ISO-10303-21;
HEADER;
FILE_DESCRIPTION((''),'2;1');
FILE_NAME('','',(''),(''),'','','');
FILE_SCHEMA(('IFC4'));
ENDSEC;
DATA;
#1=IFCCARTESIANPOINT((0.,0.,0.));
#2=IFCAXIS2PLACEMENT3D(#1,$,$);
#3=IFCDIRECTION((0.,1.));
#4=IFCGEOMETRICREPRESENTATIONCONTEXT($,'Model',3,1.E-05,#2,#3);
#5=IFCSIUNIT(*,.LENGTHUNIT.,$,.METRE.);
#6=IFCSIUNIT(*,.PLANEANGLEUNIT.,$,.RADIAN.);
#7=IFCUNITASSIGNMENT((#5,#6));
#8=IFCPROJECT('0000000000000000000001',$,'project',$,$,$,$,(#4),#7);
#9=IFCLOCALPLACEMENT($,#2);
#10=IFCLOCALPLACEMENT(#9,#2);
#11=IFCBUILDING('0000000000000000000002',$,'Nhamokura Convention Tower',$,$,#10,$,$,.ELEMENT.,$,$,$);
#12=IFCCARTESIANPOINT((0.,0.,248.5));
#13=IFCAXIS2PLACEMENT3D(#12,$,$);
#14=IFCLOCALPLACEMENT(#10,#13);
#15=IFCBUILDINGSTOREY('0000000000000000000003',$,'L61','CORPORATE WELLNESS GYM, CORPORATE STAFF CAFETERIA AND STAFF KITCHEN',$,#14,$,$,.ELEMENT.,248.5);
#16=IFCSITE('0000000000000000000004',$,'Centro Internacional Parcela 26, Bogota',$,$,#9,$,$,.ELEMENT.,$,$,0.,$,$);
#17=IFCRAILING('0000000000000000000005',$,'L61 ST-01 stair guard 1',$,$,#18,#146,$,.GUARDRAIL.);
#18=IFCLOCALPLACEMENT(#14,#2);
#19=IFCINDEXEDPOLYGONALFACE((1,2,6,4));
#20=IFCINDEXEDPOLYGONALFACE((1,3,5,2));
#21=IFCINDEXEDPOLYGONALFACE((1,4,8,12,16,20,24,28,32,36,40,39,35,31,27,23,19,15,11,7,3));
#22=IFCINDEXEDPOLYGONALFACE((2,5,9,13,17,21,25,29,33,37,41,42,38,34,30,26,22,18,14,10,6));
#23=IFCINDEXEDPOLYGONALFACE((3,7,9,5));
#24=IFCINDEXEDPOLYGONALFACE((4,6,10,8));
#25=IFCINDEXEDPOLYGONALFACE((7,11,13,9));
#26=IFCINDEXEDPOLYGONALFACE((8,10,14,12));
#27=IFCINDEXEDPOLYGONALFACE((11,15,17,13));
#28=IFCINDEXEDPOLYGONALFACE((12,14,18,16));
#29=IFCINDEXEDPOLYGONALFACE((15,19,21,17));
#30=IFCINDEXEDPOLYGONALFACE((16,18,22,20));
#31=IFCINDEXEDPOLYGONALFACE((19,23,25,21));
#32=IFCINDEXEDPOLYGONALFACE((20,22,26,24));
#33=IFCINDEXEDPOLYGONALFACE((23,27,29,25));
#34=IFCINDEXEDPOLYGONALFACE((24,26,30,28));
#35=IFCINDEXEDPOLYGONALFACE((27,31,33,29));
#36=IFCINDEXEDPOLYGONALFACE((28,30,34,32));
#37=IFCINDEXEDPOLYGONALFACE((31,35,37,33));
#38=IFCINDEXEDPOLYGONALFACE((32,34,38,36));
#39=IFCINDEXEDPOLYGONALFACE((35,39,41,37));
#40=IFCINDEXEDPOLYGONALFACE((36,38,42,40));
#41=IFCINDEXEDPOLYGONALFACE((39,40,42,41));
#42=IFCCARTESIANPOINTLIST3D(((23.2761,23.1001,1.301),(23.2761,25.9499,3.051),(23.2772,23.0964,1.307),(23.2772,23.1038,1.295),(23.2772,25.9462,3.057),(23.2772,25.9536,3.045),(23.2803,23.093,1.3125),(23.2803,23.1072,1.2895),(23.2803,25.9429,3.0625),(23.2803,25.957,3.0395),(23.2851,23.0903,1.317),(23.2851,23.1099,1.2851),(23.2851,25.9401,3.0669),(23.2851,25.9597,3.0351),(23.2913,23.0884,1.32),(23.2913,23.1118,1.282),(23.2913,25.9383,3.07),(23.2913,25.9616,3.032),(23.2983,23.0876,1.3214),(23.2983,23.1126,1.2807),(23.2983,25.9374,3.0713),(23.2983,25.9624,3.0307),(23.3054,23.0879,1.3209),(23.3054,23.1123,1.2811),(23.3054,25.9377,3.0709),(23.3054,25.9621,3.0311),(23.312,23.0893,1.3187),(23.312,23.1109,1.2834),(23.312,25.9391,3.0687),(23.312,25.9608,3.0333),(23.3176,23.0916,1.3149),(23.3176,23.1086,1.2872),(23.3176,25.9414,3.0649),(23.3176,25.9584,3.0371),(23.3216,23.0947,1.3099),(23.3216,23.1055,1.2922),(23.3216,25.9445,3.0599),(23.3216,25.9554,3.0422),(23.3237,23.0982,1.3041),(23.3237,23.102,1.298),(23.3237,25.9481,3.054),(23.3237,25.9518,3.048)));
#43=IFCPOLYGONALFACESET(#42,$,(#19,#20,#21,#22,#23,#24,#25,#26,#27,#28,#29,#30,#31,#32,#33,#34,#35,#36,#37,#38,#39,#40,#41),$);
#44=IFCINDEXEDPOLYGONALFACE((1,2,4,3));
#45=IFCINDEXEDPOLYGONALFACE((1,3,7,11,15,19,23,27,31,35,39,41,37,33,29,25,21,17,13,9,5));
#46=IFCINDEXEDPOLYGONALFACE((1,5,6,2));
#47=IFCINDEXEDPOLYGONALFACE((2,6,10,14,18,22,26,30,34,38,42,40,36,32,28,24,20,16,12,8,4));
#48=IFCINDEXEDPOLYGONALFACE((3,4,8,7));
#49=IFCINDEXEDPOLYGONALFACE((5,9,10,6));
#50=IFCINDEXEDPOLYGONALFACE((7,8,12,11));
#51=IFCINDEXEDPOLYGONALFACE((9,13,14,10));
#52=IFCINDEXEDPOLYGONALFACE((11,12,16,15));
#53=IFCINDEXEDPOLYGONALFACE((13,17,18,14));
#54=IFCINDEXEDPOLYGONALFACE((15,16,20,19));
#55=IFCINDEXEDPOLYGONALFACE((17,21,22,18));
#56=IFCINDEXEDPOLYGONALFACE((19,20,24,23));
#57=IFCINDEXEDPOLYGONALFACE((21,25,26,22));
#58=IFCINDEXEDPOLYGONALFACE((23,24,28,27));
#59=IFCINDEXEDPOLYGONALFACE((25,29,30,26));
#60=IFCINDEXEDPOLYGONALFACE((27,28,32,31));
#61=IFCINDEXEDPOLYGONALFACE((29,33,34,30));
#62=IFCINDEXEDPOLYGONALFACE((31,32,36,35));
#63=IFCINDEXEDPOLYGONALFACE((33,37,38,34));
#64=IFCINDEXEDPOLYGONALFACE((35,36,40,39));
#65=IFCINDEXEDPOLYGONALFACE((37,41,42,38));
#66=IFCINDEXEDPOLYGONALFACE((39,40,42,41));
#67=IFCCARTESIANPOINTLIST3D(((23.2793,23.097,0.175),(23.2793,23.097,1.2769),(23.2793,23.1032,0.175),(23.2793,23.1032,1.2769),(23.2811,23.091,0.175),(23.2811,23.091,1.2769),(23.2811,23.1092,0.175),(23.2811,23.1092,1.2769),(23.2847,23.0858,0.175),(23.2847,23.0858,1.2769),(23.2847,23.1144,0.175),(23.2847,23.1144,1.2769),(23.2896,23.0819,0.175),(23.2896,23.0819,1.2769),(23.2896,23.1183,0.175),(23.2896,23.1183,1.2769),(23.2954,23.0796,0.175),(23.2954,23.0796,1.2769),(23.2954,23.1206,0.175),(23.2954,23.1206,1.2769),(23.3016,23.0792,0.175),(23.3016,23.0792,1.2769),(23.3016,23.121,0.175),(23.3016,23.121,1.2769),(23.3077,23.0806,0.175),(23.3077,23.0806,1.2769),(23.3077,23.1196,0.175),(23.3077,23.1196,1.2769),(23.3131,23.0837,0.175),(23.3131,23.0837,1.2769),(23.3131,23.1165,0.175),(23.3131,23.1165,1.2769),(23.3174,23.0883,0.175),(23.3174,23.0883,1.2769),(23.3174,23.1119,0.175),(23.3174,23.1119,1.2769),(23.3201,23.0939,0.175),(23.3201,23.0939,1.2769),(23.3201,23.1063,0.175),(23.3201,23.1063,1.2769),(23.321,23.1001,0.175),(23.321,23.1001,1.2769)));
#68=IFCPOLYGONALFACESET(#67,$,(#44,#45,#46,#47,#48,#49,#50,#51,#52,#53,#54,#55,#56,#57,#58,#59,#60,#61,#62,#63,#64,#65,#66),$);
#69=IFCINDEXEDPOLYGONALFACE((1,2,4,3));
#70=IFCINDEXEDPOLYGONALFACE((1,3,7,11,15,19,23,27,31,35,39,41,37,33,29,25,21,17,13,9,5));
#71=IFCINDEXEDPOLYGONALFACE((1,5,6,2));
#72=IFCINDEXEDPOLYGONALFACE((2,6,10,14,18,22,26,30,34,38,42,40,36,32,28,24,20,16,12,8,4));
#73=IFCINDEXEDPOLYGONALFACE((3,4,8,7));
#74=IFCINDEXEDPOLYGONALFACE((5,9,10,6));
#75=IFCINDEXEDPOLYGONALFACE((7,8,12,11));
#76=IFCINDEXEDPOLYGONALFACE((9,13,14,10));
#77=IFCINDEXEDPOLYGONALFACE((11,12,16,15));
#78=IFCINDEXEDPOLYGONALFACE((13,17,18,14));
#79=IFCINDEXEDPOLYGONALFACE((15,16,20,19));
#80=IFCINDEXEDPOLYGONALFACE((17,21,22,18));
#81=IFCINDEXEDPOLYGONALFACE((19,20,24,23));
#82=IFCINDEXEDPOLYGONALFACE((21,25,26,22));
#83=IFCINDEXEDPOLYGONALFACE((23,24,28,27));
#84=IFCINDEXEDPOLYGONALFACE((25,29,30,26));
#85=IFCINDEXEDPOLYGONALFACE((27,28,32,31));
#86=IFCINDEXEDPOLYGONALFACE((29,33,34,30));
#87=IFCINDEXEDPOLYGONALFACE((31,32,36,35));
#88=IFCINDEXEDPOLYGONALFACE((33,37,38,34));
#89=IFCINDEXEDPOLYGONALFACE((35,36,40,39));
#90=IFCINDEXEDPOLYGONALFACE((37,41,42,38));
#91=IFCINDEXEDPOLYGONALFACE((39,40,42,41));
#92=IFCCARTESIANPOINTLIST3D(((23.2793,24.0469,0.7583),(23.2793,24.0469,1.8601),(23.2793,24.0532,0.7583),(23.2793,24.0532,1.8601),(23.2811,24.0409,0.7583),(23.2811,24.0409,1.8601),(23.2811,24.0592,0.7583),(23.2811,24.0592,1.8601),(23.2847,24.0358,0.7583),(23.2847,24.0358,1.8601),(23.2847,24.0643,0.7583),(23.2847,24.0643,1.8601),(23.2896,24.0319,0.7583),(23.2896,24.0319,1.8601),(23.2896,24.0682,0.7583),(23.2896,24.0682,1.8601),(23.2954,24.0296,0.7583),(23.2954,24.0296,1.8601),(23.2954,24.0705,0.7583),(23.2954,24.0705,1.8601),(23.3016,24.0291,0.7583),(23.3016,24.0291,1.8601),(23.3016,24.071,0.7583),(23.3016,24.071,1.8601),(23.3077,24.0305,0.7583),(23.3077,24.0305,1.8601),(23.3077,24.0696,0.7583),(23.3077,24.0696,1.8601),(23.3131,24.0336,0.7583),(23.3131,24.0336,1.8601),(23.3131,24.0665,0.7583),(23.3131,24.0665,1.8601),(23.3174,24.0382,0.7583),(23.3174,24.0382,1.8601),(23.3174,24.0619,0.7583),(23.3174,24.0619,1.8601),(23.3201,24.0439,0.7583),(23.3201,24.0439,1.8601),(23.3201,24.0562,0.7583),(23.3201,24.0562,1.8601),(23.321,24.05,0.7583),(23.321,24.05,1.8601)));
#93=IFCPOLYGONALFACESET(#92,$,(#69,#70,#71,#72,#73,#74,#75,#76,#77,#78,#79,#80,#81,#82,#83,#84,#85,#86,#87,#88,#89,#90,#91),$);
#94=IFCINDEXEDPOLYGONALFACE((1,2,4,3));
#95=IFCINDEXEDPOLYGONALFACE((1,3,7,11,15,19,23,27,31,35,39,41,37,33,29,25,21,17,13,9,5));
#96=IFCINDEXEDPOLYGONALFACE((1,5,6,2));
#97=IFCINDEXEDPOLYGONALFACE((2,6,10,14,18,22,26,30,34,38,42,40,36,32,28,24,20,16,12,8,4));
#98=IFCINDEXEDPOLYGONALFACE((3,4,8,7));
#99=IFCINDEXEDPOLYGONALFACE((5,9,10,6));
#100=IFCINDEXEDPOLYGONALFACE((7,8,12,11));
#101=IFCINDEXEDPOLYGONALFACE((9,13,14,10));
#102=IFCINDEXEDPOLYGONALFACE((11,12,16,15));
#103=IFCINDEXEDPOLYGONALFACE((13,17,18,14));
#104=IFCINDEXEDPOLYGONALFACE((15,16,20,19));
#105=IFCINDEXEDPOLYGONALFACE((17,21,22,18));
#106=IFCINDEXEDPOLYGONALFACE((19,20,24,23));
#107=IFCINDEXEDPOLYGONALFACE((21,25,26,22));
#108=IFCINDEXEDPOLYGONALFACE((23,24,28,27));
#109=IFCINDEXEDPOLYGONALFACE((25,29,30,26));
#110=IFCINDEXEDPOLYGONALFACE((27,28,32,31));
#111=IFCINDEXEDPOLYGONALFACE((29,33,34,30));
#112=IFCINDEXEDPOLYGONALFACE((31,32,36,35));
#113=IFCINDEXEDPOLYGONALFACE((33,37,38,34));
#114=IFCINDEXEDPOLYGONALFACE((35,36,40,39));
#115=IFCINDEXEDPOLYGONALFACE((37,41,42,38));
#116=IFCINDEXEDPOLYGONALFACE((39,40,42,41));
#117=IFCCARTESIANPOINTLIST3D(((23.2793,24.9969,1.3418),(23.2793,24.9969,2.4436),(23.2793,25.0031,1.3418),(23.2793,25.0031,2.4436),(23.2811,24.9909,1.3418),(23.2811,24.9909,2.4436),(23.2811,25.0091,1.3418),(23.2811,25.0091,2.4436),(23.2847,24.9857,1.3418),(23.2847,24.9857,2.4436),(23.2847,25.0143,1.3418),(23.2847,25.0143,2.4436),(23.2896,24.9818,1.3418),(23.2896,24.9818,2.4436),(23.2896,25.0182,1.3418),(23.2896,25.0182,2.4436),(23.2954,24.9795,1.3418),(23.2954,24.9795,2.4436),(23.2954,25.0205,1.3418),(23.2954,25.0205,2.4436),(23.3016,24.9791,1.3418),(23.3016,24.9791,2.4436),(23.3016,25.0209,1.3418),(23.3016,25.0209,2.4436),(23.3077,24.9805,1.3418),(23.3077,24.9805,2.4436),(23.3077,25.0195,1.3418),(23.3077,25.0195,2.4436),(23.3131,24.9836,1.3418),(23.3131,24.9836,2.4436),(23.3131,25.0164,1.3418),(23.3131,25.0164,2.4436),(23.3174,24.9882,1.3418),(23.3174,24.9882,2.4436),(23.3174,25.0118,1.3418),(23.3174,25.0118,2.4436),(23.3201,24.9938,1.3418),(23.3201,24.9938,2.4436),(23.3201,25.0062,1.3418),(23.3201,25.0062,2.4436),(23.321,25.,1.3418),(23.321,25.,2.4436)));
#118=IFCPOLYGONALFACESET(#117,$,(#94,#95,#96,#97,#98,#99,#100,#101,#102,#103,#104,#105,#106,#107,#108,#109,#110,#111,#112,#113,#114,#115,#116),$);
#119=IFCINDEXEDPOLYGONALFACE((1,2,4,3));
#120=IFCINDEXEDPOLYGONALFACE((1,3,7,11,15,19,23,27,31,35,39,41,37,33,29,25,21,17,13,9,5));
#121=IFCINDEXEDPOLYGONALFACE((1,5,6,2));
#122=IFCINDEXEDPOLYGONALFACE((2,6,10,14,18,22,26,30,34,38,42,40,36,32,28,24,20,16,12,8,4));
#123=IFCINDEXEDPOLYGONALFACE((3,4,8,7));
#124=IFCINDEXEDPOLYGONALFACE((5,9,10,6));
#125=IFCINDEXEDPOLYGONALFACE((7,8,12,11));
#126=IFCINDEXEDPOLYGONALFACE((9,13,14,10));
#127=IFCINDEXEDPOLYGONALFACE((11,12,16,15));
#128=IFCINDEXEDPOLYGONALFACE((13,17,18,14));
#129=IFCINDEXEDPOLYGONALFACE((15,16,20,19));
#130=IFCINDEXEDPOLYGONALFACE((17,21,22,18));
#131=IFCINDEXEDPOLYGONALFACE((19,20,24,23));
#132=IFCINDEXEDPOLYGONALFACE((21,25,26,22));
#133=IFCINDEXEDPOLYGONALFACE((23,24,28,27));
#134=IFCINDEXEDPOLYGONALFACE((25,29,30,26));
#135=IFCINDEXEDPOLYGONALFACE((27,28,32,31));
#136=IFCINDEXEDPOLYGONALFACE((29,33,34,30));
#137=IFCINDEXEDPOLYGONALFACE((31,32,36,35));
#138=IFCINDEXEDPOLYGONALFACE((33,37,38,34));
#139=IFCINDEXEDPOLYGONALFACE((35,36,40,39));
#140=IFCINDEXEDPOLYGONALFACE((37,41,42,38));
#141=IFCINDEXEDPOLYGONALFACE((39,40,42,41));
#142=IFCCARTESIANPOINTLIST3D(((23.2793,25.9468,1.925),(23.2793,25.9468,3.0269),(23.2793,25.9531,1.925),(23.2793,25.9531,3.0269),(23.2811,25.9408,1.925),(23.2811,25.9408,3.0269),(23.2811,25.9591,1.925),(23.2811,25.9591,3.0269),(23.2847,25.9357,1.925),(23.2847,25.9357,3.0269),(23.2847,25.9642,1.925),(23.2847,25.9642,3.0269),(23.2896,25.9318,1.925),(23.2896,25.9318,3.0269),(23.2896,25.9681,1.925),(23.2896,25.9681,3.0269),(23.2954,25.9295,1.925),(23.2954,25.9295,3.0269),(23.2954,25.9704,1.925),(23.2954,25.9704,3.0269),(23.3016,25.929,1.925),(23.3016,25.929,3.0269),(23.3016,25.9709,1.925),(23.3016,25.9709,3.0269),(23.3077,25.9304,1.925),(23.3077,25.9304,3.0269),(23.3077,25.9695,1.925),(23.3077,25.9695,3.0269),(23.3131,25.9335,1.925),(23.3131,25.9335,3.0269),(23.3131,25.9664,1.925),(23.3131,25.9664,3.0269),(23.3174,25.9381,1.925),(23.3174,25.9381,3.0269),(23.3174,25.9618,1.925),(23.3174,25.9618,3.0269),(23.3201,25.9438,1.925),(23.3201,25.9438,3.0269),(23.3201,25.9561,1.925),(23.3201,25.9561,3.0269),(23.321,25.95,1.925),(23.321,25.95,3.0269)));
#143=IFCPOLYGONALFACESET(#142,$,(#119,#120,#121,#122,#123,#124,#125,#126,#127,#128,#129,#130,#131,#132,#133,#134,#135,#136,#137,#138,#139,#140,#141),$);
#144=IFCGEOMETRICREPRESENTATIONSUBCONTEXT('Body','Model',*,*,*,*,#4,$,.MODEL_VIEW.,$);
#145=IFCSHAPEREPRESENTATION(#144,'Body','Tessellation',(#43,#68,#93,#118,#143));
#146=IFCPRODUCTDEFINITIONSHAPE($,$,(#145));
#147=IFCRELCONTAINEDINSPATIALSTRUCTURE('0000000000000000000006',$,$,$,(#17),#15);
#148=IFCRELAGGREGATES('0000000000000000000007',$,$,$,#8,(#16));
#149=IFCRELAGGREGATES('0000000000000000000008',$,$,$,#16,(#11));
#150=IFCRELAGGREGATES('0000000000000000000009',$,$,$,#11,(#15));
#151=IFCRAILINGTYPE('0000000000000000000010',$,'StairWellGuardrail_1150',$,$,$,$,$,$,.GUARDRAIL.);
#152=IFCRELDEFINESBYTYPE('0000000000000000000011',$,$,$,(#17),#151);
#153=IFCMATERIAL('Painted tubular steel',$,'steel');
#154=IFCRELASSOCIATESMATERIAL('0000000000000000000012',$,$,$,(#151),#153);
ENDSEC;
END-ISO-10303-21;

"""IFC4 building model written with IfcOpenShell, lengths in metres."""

from ifc_helpers import new_model, si_unit, direction, frame, origin, origin_2d, place, context, subcontext, project, spatial, circle, extrude, material, type_object, element, save


model = new_model("IFC4")

# Units and contexts
model_context = context("Model", 3, precision=1e-05, world=origin(), true_north=direction((0.0, 1.0)))
body_context = subcontext(model_context, "Body", "Model", "MODEL_VIEW")
ifc_project = project(units=[si_unit("LENGTHUNIT", "METRE"), si_unit("PLANEANGLEUNIT", "RADIAN")], contexts=[model_context])

# Site, building, storey
site_placement = place(None, origin())
site = spatial("IfcSite", under=ifc_project, at=site_placement, Name="Centro Internacional Parcela 26, Bogota", CompositionType="ELEMENT", RefElevation=0.0)
building_placement = place(site_placement, origin())
building = spatial("IfcBuilding", under=site, at=building_placement, Name="Nhamokura Convention Tower", CompositionType="ELEMENT")
storey_placement = place(building_placement, frame((0.0, 0.0, 248.5)))
storey = spatial("IfcBuildingStorey", under=building, at=storey_placement, Name="L61", Description="CORPORATE WELLNESS GYM, CORPORATE STAFF CAFETERIA AND STAFF KITCHEN", CompositionType="ELEMENT", Elevation=248.5)

# Railing
ifc_material_1 = material(Name="Painted tubular steel", Category="steel")
railing_type_1 = type_object("IfcRailingType", Name="StairWellGuardrail_1150", PredefinedType="GUARDRAIL", material=ifc_material_1)
railing_1_placement = place(storey_placement, frame((23.3, 23.1001, 0.175)))
element("IfcRailing", 1, at=railing_1_placement, inside=storey, type_object=railing_type_1, Name="L61 ST-01 stair guard 1", PredefinedType="GUARDRAIL", context=body_context, shape_type="SweptSolid", body=[
    extrude(circle(Radius=0.0239, at=origin_2d()), frame((0.0, 0.0, 1.126), z_axis=(0.0, 0.852159, 0.523283), x_axis=(-1.0, 0.0, 0.0)), (0.0, 0.0, 1.0), 3.3442),
    extrude(circle(Radius=0.021, at=origin_2d()), origin(), (0.0, 0.0, 1.0), 1.1018),
    extrude(circle(Radius=0.021, at=origin_2d()), frame((0.0, 0.95, 0.5833)), (0.0, 0.0, 1.0), 1.1018),
    extrude(circle(Radius=0.021, at=origin_2d()), frame((0.0, 1.8999, 1.1667)), (0.0, 0.0, 1.0), 1.1018),
    extrude(circle(Radius=0.021, at=origin_2d()), frame((0.0, 2.8499, 1.75)), (0.0, 0.0, 1.0), 1.1018),
])

save(model, "model.ifc")
